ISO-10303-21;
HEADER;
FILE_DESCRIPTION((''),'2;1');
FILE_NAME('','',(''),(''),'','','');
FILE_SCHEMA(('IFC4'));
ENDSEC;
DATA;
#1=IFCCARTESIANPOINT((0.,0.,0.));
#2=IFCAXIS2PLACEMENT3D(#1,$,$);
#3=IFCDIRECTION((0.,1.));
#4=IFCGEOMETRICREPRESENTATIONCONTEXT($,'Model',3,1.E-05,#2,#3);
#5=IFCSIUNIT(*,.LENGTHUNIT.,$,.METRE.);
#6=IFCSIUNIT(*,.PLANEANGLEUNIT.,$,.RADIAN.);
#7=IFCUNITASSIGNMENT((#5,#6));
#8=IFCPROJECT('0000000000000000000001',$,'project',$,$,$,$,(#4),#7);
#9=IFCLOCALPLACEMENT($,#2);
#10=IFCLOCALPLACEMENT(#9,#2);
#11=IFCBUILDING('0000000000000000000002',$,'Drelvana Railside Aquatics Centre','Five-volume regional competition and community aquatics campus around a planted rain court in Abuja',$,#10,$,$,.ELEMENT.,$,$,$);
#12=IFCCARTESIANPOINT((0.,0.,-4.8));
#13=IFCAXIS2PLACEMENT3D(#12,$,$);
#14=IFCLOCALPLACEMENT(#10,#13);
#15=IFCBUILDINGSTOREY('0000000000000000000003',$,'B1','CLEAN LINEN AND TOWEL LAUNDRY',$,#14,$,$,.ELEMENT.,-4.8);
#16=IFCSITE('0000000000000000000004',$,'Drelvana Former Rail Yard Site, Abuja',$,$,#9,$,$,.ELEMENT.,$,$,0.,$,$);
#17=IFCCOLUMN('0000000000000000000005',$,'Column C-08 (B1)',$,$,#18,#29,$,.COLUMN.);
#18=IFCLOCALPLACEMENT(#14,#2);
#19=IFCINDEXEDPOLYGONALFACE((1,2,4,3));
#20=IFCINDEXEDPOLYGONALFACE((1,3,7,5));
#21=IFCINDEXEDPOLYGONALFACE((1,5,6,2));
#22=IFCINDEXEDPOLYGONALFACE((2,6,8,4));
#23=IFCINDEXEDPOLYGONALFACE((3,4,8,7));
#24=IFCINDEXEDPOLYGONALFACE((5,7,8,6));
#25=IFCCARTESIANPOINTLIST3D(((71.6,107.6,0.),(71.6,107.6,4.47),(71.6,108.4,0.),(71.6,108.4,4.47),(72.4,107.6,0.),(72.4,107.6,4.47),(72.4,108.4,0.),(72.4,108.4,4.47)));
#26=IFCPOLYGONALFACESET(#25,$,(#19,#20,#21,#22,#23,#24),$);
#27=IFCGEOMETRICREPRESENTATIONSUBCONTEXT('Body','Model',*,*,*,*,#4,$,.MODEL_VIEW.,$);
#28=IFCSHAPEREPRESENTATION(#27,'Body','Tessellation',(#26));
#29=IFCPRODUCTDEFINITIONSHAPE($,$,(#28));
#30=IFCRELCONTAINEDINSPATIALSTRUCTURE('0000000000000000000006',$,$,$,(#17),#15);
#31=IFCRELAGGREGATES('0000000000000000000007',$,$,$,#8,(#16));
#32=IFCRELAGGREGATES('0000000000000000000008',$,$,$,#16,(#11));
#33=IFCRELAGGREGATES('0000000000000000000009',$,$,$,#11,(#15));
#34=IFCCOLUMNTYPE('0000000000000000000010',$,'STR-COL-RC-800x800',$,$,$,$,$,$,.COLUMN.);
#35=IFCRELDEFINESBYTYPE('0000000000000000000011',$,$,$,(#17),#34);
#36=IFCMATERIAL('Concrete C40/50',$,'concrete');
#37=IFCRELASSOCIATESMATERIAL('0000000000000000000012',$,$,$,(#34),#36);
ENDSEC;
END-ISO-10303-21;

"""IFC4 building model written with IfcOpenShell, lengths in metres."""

from ifc_helpers import new_model, si_unit, direction, frame, origin, origin_2d, place, context, subcontext, project, spatial, rectangle, extrude, material, material_profile, profile_set, type_object, element, save


model = new_model("IFC4")

# Units and contexts
model_context = context("Model", 3, precision=1e-05, world=origin(), true_north=direction((0.0, 1.0)))
body_context = subcontext(model_context, "Body", "Model", "MODEL_VIEW")
ifc_project = project(units=[si_unit("LENGTHUNIT", "METRE"), si_unit("PLANEANGLEUNIT", "RADIAN")], contexts=[model_context])

# Site, building, storey
site_placement = place(None, origin())
site = spatial("IfcSite", under=ifc_project, at=site_placement, Name="Drelvana Former Rail Yard Site, Abuja", CompositionType="ELEMENT", RefElevation=0.0)
building_placement = place(site_placement, origin())
building = spatial("IfcBuilding", under=site, at=building_placement, Name="Drelvana Railside Aquatics Centre", Description="Five-volume regional competition and community aquatics campus around a planted rain court in Abuja", CompositionType="ELEMENT")
storey_placement = place(building_placement, frame((0.0, 0.0, -4.8)))
storey = spatial("IfcBuildingStorey", under=building, at=storey_placement, Name="B1", Description="CLEAN LINEN AND TOWEL LAUNDRY", CompositionType="ELEMENT", Elevation=-4.8)

# Column
ifc_material_1 = material(Name="Concrete C40/50", Category="concrete")
ifc_material_profile_1 = material_profile(ifc_material_1, rectangle(XDim=0.8, YDim=0.8, at=origin_2d()), Name="RC 800x800")
ifc_profile_set_1 = profile_set([ifc_material_profile_1], Name="Concrete C40/50")
column_type_1 = type_object("IfcColumnType", Name="STR-COL-RC-800x800", PredefinedType="COLUMN", material=ifc_profile_set_1)
for number, where, z_axis, x_axis, name in (
    (1, (72.0, 108.0, 0.0), (0.0, 0.0, 1.0), (1.0, 0.0, 0.0), "Column C-08 (B1)"),
):
    element("IfcColumn", number, at=place(storey_placement, frame(where, z_axis=z_axis, x_axis=x_axis)), inside=storey, type_object=column_type_1, Name=name, PredefinedType="COLUMN", context=body_context, shape_type="SweptSolid", body=[
        extrude(rectangle(XDim=0.8, YDim=0.8, at=origin_2d()), origin(), (0.0, 0.0, 1.0), 4.47),
    ])

save(model, "model.ifc")
